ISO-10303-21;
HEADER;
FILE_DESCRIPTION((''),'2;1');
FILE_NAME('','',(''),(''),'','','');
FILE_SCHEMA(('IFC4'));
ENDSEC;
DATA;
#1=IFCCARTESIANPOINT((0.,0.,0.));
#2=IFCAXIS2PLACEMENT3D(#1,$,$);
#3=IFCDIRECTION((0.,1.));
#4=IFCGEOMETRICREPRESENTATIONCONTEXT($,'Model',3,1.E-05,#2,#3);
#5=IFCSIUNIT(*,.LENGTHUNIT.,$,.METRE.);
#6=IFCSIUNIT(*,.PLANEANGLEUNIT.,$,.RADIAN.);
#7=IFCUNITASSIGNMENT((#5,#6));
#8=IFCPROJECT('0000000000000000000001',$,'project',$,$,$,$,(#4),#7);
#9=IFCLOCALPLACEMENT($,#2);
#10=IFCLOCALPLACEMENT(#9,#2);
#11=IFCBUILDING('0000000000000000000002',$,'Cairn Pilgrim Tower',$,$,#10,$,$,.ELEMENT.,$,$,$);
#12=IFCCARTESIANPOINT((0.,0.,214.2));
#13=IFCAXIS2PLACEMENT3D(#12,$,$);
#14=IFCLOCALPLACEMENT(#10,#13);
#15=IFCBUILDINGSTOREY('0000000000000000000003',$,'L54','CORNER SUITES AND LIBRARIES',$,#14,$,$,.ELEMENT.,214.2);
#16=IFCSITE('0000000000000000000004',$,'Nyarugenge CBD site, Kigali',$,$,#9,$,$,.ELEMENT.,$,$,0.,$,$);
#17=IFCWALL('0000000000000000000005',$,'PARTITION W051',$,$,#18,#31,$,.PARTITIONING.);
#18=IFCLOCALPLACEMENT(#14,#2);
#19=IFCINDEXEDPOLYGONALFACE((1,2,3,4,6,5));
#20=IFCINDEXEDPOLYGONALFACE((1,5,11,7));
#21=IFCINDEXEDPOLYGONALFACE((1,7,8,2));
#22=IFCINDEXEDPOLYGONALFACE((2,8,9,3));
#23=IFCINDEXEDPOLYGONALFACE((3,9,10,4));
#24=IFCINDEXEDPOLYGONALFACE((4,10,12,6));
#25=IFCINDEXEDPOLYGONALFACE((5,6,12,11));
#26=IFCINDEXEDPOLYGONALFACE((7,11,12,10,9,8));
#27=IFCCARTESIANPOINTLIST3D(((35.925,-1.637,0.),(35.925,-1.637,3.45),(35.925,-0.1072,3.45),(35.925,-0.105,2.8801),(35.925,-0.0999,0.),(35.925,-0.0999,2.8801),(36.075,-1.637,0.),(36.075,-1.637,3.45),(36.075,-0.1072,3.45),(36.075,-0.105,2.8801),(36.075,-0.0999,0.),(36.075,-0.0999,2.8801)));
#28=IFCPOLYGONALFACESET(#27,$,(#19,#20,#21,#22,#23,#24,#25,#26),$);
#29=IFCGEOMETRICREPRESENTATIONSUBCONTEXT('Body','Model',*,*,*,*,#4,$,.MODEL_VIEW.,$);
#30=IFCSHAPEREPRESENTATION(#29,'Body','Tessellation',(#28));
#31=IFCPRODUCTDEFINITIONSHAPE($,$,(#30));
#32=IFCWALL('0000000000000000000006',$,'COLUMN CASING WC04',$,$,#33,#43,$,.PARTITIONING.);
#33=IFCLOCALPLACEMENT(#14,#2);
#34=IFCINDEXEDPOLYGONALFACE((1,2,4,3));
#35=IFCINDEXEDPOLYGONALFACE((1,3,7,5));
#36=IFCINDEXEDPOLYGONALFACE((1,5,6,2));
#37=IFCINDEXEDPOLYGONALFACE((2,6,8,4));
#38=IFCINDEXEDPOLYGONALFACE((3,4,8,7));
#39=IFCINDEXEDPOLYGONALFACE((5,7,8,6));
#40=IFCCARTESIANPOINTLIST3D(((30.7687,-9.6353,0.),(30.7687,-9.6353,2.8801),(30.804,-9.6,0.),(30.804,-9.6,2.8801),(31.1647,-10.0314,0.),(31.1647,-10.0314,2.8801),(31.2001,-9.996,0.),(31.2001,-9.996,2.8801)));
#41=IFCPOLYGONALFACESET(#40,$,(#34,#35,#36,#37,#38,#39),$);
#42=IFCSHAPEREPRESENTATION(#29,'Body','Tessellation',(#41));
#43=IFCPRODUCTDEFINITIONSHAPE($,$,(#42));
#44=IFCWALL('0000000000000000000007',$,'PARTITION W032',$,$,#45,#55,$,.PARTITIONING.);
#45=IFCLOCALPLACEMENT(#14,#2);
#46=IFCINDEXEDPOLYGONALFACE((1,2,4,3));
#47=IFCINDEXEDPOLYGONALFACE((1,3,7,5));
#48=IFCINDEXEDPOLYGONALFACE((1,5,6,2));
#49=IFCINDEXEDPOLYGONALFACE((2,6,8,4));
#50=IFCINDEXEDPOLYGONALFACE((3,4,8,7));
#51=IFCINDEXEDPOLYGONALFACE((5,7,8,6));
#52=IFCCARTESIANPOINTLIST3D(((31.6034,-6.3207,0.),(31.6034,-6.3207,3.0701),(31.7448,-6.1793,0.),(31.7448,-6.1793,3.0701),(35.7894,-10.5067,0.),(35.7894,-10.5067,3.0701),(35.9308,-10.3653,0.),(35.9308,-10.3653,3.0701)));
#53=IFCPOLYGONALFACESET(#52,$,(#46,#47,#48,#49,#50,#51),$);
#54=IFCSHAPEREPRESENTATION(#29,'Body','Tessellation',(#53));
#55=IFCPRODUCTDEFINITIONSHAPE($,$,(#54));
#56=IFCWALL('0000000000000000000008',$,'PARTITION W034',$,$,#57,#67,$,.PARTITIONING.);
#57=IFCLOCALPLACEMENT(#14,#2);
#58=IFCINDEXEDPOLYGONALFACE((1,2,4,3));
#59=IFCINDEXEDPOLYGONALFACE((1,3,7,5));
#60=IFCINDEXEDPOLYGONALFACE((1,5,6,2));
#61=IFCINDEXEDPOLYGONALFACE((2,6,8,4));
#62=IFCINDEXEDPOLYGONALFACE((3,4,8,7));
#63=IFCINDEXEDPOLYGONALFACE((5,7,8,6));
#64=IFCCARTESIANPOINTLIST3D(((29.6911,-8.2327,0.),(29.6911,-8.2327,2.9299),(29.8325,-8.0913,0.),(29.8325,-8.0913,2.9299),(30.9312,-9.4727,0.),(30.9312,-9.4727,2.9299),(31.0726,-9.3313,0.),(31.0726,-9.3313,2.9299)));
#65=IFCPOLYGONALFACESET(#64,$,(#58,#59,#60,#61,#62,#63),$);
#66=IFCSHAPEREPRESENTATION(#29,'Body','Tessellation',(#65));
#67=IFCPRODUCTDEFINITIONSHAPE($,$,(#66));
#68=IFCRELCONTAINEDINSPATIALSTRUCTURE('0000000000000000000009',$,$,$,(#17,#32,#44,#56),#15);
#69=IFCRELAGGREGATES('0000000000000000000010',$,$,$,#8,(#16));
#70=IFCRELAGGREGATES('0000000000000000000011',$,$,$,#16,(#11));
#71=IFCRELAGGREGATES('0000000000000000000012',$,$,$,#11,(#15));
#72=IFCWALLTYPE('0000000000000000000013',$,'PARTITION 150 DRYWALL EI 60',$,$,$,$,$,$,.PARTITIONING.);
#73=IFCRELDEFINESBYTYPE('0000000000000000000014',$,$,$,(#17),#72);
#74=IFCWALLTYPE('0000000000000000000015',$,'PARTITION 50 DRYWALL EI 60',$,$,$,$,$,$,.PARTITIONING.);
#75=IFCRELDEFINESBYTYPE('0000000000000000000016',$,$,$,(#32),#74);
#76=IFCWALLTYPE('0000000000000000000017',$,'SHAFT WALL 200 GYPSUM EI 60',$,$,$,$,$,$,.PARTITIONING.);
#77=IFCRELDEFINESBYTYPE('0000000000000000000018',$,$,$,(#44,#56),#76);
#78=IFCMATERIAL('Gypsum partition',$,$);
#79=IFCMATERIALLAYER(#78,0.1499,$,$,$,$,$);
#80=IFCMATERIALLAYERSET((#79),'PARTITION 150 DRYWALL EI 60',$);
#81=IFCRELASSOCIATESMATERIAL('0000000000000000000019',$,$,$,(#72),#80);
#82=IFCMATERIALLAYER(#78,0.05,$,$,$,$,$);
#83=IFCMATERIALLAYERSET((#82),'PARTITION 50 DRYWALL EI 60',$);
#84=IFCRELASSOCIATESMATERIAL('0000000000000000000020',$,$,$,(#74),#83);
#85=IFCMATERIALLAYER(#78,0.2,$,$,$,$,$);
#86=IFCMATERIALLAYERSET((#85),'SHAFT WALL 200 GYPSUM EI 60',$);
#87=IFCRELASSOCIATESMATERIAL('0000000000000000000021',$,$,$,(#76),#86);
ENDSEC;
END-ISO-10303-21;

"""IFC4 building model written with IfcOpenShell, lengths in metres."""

from ifc_helpers import new_model, si_unit, direction, frame, frame_2d, origin, place, context, subcontext, project, spatial, polyline, rectangle, outline, extrude, material, layer, layer_set, type_object, element, save


model = new_model("IFC4")

# Units and contexts
model_context = context("Model", 3, precision=1e-05, world=origin(), true_north=direction((0.0, 1.0)))
body_context = subcontext(model_context, "Body", "Model", "MODEL_VIEW")
ifc_project = project(units=[si_unit("LENGTHUNIT", "METRE"), si_unit("PLANEANGLEUNIT", "RADIAN")], contexts=[model_context])

# Site, building, storey
site_placement = place(None, origin())
site = spatial("IfcSite", under=ifc_project, at=site_placement, Name="Nyarugenge CBD site, Kigali", CompositionType="ELEMENT", RefElevation=0.0)
building_placement = place(site_placement, origin())
building = spatial("IfcBuilding", under=site, at=building_placement, Name="Cairn Pilgrim Tower", CompositionType="ELEMENT")
storey_placement = place(building_placement, frame((0.0, 0.0, 214.2)))
storey = spatial("IfcBuildingStorey", under=building, at=storey_placement, Name="L54", Description="CORNER SUITES AND LIBRARIES", CompositionType="ELEMENT", Elevation=214.2)

# Shared definitions
ifc_material_1 = material(Name="Gypsum partition")

# Walls
ifc_layer_1 = layer(ifc_material_1, 0.1499)
ifc_layer_set_1 = layer_set([ifc_layer_1], Name="PARTITION 150 DRYWALL EI 60")
wall_type_1 = type_object("IfcWallType", Name="PARTITION 150 DRYWALL EI 60", PredefinedType="PARTITIONING", material=ifc_layer_set_1)
wall_1_placement = place(storey_placement, frame((36.0, -1.637, 0.0), z_axis=(0.0, 0.0, 1.0), x_axis=(0.0, 1.0, 0.0)))
element("IfcWall", 1, at=wall_1_placement, inside=storey, type_object=wall_type_1, Name="PARTITION W051", PredefinedType="PARTITIONING", context=body_context, shape_type="SweptSolid", body=[
    extrude(outline(polyline([(0.0, 0.0), (1.5371, 0.0), (1.5371, 2.8801), (1.532, 2.8801), (1.5298, 3.45), (0.0, 3.45), (0.0, 0.0)])), frame((0.0, 0.075, 0.0), z_axis=(0.0, -1.0, 0.0), x_axis=(1.0, 0.0, 0.0)), (0.0, 0.0, 1.0), 0.1499),
])
ifc_layer_2 = layer(ifc_material_1, 0.05)
ifc_layer_set_2 = layer_set([ifc_layer_2], Name="PARTITION 50 DRYWALL EI 60")
wall_type_2 = type_object("IfcWallType", Name="PARTITION 50 DRYWALL EI 60", PredefinedType="PARTITIONING", material=ifc_layer_set_2)
wall_2_placement = place(storey_placement, frame((31.1824, -10.0137, 0.0), z_axis=(0.0, 0.0, 1.0), x_axis=(-0.707107, 0.707107, 0.0)))
element("IfcWall", 2, at=wall_2_placement, inside=storey, type_object=wall_type_2, Name="COLUMN CASING WC04", PredefinedType="PARTITIONING", context=body_context, shape_type="SweptSolid", body=[
    extrude(rectangle(XDim=0.5601, YDim=0.05, at=frame_2d((0.28, 0.0))), origin(), (0.0, 0.0, 1.0), 2.8801),
])
ifc_layer_3 = layer(ifc_material_1, 0.2)
ifc_layer_set_3 = layer_set([ifc_layer_3], Name="SHAFT WALL 200 GYPSUM EI 60")
wall_type_3 = type_object("IfcWallType", Name="SHAFT WALL 200 GYPSUM EI 60", PredefinedType="PARTITIONING", material=ifc_layer_set_3)
wall_3_placement = place(storey_placement, frame((35.8601, -10.436, 0.0), z_axis=(0.0, 0.0, 1.0), x_axis=(-0.707107, 0.707107, 0.0)))
element("IfcWall", 3, at=wall_3_placement, inside=storey, type_object=wall_type_3, Name="PARTITION W032", PredefinedType="PARTITIONING", context=body_context, shape_type="SweptSolid", body=[
    extrude(rectangle(XDim=5.9199, YDim=0.2, at=frame_2d((2.96, 0.0))), origin(), (0.0, 0.0, 1.0), 3.0701),
])
wall_4_placement = place(storey_placement, frame((31.002, -9.4021, 0.0), z_axis=(0.0, 0.0, 1.0), x_axis=(-0.707107, 0.707107, 0.0)))
element("IfcWall", 4, at=wall_4_placement, inside=storey, type_object=wall_type_3, Name="PARTITION W034", PredefinedType="PARTITIONING", context=body_context, shape_type="SweptSolid", body=[
    extrude(rectangle(XDim=1.7537, YDim=0.2, at=frame_2d((0.877, 0.0))), origin(), (0.0, 0.0, 1.0), 2.9299),
])

save(model, "model.ifc")
